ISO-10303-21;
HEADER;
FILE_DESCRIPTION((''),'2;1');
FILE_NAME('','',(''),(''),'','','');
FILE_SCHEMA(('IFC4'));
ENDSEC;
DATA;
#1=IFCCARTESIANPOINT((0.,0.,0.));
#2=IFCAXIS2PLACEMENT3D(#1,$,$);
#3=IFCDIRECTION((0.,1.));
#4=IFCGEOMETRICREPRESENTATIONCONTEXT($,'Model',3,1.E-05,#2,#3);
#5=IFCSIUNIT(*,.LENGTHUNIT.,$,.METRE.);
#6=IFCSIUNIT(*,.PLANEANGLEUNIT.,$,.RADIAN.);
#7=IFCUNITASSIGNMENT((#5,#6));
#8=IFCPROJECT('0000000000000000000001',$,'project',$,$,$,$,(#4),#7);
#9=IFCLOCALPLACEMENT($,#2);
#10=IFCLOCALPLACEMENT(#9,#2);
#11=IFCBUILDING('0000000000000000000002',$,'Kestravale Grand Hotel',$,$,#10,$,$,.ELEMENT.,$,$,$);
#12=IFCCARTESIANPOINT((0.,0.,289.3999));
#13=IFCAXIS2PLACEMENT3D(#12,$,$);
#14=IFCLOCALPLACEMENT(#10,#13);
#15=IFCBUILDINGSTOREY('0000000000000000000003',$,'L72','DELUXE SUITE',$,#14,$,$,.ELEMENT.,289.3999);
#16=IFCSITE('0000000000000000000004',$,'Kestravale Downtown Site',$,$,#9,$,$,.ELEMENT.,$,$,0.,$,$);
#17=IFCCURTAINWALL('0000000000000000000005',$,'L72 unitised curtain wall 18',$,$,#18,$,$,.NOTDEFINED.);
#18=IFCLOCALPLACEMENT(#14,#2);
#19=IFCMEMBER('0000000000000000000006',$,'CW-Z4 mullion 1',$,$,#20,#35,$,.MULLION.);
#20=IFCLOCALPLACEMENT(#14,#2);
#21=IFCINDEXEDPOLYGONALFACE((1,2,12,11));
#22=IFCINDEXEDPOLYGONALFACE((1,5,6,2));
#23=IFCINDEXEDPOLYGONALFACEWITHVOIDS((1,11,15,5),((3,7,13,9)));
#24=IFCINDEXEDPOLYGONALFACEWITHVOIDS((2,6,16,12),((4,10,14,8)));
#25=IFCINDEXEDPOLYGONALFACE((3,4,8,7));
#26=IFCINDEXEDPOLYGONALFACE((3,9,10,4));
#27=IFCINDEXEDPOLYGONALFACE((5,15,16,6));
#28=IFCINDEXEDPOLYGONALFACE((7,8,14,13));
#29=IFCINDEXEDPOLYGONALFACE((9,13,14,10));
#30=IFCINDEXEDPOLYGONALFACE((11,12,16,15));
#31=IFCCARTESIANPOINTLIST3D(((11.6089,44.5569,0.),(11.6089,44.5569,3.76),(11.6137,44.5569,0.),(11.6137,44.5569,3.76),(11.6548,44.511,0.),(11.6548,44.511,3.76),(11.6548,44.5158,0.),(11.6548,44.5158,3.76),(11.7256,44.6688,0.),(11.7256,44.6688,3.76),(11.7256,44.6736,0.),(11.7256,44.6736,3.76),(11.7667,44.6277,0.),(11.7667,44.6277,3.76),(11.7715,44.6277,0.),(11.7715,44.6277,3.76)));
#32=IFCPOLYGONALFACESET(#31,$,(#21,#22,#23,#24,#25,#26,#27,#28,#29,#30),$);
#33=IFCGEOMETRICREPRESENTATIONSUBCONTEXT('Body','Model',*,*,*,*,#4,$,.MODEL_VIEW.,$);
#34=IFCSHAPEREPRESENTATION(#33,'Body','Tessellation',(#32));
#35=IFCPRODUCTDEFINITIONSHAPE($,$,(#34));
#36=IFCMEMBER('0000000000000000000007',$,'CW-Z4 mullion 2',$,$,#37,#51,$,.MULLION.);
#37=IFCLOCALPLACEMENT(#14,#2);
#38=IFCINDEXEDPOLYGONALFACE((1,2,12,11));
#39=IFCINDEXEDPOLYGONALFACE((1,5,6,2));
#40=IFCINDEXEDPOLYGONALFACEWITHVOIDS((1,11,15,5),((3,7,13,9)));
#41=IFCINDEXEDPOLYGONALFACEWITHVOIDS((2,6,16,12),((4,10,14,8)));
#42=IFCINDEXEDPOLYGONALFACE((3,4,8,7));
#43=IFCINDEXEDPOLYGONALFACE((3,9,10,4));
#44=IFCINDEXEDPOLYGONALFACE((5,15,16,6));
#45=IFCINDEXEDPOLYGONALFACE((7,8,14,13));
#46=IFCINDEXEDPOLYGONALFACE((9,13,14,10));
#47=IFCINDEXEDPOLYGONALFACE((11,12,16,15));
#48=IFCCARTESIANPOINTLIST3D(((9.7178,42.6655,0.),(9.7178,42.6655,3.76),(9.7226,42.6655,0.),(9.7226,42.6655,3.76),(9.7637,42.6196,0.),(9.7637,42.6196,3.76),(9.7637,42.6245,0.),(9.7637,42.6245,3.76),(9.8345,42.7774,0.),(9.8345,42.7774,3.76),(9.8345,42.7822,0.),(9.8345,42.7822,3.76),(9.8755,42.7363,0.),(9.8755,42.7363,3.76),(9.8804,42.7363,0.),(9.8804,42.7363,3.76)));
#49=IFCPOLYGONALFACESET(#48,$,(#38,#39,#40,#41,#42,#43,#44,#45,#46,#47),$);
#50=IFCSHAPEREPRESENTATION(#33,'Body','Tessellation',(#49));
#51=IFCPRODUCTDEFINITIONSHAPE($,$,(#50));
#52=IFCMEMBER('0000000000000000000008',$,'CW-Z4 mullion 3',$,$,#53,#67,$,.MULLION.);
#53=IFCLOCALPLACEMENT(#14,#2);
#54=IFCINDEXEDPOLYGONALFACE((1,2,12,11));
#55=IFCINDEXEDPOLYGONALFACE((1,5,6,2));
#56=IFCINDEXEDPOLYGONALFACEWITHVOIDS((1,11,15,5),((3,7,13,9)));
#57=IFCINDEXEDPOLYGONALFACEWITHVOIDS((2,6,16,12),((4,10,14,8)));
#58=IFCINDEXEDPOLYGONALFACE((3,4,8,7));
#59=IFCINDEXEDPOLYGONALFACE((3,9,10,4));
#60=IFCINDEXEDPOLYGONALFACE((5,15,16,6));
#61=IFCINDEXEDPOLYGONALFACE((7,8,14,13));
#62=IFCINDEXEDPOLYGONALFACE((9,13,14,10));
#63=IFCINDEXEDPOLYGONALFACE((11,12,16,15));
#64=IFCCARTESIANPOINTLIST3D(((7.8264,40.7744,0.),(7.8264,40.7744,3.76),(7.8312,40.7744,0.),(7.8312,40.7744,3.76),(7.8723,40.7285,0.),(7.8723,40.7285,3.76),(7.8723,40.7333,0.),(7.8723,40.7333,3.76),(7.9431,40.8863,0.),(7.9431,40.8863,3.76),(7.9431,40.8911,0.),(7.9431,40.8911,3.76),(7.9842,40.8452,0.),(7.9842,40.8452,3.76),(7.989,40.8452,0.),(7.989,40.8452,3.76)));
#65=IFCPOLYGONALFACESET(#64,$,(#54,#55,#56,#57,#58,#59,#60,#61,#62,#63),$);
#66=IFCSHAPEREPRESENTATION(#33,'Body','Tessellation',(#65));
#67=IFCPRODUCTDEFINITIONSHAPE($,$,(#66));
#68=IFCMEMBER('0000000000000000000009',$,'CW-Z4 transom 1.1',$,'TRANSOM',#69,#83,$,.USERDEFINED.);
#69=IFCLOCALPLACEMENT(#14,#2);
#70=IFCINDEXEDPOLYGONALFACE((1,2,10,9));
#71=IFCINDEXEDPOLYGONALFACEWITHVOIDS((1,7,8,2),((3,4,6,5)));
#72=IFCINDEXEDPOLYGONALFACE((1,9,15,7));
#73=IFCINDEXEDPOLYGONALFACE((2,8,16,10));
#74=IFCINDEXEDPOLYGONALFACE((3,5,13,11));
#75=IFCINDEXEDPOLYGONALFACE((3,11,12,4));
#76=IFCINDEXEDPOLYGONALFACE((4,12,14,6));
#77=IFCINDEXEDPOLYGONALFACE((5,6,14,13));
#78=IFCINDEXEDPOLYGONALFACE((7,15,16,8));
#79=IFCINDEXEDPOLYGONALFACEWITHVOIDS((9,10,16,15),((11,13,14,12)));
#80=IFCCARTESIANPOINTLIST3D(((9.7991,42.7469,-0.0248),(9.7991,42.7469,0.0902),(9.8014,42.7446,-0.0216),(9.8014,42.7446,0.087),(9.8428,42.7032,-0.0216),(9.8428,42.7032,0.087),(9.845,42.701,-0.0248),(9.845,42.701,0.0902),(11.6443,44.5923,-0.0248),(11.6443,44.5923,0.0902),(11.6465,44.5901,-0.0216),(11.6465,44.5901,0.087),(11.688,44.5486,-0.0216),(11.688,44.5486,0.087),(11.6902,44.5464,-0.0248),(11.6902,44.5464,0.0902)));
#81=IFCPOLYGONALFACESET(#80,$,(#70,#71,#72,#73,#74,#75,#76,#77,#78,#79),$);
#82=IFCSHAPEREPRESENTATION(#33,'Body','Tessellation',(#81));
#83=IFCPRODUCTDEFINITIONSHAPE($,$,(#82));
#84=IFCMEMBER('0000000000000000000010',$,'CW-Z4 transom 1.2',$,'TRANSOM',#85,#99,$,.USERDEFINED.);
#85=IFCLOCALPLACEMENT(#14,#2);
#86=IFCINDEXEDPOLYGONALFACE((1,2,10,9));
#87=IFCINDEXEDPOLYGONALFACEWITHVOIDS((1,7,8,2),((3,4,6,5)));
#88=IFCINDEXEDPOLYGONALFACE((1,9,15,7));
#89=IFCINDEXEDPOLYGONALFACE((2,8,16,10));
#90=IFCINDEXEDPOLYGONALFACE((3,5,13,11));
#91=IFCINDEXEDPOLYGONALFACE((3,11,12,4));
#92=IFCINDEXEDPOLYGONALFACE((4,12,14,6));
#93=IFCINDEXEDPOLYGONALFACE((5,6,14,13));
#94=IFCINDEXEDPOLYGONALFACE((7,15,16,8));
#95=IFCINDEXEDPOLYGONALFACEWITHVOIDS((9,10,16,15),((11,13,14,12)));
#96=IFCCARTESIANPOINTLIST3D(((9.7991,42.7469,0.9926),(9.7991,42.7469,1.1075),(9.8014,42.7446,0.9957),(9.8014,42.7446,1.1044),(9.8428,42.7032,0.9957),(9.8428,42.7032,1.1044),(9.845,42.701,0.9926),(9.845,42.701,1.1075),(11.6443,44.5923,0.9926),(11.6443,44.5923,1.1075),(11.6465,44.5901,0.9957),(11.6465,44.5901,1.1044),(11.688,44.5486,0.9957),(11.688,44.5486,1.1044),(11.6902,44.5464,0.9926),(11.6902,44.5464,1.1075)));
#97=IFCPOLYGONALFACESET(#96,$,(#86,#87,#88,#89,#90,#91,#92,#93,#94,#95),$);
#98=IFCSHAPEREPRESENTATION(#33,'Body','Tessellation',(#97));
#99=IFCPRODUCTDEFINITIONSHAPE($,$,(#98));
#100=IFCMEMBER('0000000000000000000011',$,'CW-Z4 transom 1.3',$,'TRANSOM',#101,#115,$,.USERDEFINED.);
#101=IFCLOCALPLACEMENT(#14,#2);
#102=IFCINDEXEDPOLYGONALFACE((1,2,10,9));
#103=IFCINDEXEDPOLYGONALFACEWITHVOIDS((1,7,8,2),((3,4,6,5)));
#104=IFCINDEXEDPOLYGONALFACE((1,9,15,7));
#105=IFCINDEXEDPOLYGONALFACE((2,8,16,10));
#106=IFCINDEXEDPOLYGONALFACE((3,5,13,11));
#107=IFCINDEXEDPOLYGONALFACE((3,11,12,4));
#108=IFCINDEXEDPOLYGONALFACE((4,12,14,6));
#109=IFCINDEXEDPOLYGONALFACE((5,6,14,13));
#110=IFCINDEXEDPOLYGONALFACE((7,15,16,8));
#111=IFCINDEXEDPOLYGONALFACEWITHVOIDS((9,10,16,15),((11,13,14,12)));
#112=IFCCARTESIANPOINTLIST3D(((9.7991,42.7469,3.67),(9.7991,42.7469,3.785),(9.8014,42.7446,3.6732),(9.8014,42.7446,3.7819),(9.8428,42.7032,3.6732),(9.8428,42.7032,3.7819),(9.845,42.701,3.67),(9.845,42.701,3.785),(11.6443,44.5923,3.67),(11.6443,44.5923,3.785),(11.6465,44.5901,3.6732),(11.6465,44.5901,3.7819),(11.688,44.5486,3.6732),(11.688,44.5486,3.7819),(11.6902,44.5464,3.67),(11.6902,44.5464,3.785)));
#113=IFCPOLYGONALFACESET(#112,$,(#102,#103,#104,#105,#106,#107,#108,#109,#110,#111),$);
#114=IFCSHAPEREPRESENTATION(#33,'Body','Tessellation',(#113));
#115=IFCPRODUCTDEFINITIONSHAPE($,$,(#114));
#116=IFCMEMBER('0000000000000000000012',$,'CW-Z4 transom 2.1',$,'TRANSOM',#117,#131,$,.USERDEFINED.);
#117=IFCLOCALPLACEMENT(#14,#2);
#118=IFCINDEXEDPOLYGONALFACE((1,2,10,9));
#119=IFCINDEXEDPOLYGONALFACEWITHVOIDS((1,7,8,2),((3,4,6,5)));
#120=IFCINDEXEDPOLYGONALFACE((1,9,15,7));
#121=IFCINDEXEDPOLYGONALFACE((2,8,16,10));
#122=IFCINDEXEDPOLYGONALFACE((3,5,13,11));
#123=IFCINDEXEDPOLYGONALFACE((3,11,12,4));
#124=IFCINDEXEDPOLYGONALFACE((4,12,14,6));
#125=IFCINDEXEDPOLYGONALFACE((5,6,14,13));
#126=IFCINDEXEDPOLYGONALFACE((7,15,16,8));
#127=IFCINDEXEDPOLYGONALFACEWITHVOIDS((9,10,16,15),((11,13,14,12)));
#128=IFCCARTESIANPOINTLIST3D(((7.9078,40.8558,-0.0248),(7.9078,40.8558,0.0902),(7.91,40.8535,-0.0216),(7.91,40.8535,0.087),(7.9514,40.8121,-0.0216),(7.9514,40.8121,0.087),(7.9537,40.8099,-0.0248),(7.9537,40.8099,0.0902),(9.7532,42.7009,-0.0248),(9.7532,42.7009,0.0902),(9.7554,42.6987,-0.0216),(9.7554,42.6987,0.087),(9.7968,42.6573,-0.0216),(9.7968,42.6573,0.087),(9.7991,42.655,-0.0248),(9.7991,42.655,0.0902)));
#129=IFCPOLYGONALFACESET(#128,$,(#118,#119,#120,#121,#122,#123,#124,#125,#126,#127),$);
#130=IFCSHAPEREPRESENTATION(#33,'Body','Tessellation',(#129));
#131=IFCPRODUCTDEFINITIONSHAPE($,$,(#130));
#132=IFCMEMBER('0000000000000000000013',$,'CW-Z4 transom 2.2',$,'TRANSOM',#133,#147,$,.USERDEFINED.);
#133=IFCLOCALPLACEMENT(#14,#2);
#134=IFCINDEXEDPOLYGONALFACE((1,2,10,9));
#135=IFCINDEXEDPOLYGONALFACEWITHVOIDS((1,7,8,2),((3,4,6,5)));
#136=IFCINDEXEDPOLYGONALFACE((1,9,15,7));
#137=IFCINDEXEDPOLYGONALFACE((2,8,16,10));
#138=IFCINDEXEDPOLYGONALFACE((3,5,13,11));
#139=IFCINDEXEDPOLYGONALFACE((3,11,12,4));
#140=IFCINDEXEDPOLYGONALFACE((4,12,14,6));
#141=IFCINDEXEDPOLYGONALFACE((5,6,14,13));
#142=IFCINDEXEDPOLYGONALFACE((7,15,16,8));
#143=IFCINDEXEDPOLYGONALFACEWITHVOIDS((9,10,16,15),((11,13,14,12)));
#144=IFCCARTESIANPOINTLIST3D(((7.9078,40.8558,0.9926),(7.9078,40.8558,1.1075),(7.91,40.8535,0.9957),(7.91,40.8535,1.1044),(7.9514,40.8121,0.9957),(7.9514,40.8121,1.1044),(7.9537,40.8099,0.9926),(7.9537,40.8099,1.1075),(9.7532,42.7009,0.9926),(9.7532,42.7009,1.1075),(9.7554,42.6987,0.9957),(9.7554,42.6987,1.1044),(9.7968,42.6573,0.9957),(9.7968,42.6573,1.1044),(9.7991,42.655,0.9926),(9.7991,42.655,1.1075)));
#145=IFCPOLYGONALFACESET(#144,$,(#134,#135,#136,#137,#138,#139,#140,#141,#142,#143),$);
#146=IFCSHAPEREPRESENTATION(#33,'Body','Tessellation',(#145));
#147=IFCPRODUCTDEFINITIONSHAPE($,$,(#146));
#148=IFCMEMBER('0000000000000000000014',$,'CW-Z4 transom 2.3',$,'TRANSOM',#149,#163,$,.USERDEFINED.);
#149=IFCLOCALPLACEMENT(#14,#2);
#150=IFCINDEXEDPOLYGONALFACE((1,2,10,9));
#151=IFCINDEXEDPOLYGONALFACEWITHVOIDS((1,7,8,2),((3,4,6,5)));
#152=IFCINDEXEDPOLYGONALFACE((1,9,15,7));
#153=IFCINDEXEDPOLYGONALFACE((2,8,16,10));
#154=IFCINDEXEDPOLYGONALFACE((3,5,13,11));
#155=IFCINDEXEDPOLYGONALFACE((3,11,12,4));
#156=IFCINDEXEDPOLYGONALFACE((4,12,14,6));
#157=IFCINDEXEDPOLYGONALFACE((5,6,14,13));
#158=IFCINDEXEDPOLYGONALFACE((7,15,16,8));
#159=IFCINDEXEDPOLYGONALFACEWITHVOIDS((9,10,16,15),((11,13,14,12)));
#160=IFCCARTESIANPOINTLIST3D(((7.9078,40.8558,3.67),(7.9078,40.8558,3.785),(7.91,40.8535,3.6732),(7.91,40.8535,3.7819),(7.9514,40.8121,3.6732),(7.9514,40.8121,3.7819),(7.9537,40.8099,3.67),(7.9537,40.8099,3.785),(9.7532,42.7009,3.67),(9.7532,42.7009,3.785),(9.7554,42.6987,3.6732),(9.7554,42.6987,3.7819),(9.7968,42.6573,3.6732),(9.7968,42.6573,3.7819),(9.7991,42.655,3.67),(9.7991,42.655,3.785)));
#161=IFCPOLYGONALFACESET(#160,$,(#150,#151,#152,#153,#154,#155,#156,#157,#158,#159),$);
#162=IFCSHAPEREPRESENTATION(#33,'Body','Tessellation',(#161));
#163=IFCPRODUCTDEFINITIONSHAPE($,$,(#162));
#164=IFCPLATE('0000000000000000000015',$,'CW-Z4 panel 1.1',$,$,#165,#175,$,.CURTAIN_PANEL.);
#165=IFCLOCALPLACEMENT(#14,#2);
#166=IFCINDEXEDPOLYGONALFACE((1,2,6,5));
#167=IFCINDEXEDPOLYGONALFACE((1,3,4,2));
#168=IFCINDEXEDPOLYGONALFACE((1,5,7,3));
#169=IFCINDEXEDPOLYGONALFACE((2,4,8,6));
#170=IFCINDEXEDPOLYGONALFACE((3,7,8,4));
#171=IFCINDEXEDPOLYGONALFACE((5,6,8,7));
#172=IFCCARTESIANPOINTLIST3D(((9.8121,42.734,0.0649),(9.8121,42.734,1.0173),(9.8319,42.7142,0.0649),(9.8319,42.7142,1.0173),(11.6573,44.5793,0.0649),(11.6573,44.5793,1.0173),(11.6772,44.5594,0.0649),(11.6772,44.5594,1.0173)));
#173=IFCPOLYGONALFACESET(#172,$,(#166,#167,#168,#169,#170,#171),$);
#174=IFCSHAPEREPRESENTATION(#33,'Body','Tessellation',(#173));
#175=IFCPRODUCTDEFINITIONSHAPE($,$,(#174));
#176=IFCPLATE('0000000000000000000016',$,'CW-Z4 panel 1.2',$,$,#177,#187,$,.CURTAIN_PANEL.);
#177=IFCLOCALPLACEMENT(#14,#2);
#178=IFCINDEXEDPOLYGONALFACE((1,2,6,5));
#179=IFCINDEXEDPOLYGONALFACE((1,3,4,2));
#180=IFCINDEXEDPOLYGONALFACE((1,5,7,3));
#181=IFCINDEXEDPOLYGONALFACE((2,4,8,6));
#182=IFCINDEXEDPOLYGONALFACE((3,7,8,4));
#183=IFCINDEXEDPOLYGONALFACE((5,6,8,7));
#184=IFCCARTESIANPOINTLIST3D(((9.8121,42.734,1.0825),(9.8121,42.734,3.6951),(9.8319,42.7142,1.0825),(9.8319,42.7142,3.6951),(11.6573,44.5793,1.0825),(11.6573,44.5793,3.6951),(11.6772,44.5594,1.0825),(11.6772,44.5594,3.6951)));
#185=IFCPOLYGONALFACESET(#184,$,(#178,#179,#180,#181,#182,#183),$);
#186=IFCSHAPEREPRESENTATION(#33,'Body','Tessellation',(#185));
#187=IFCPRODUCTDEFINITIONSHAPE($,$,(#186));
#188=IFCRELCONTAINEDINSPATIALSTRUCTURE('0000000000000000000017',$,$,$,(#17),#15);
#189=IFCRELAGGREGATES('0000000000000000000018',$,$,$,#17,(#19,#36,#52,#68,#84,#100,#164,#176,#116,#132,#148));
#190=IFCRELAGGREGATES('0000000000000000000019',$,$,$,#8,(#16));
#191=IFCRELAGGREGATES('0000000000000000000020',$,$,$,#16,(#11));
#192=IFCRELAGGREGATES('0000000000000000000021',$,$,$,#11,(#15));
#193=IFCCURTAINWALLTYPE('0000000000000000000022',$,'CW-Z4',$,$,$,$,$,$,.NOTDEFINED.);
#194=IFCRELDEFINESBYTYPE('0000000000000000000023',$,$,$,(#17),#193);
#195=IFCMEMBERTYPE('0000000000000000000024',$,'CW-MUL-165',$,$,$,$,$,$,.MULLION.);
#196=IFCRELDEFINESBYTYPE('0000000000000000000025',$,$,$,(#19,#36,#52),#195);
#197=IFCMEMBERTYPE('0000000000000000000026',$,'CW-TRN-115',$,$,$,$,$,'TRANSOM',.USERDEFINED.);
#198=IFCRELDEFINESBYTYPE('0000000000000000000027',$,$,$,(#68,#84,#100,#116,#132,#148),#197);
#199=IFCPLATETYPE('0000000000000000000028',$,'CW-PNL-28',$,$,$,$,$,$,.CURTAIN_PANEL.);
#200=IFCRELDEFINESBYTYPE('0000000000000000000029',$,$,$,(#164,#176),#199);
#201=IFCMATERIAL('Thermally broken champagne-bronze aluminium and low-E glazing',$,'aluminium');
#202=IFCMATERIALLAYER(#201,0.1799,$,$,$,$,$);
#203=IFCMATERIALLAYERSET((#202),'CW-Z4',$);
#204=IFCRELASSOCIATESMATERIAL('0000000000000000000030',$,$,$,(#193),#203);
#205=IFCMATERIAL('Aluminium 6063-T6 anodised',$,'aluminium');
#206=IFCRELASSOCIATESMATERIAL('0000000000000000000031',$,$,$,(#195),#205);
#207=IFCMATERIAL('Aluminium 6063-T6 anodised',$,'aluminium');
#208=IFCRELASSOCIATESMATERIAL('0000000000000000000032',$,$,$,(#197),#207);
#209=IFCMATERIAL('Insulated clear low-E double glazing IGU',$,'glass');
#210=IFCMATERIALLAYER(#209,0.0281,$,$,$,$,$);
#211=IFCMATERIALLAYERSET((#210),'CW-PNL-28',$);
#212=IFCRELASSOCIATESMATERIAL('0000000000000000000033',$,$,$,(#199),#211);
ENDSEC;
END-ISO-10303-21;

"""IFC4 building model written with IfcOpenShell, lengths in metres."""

from ifc_helpers import new_model, si_unit, direction, frame, origin, origin_2d, place, context, subcontext, project, spatial, rectangle, hollow_rectangle, extrude, material, layer, layer_set, material_profile, profile_set, type_object, element, aggregate, save


model = new_model("IFC4")

# Units and contexts
model_context = context("Model", 3, precision=1e-05, world=origin(), true_north=direction((0.0, 1.0)))
body_context = subcontext(model_context, "Body", "Model", "MODEL_VIEW")
ifc_project = project(units=[si_unit("LENGTHUNIT", "METRE"), si_unit("PLANEANGLEUNIT", "RADIAN")], contexts=[model_context])

# Site, building, storey
site_placement = place(None, origin())
site = spatial("IfcSite", under=ifc_project, at=site_placement, Name="Kestravale Downtown Site", CompositionType="ELEMENT", RefElevation=0.0)
building_placement = place(site_placement, origin())
building = spatial("IfcBuilding", under=site, at=building_placement, Name="Kestravale Grand Hotel", CompositionType="ELEMENT")
storey_placement = place(building_placement, frame((0.0, 0.0, 289.3999)))
storey = spatial("IfcBuildingStorey", under=building, at=storey_placement, Name="L72", Description="DELUXE SUITE", CompositionType="ELEMENT", Elevation=289.3999)

# Curtain wall, members, plates
ifc_material_1 = material(Name="Thermally broken champagne-bronze aluminium and low-E glazing", Category="aluminium")
ifc_layer_1 = layer(ifc_material_1, 0.1799)
ifc_layer_set_1 = layer_set([ifc_layer_1], Name="CW-Z4")
curtain_wall_type = type_object("IfcCurtainWallType", Name="CW-Z4", PredefinedType="NOTDEFINED", material=ifc_layer_set_1)
curtain_wall_placement = place(storey_placement, origin())
curtain_wall = element("IfcCurtainWall", 1, at=curtain_wall_placement, inside=storey, type_object=curtain_wall_type, Name="L72 unitised curtain wall 18", PredefinedType="NOTDEFINED")
ifc_material_2 = material(Name="Aluminium 6063-T6 anodised", Category="aluminium")
ifc_material_profile_1 = material_profile(ifc_material_2, hollow_rectangle(XDim=0.0649, YDim=0.165, WallThickness=0.0034, at=origin_2d()))
ifc_profile_set_1 = profile_set([ifc_material_profile_1], Name="Aluminium 6063-T6 anodised")
member_type_1 = type_object("IfcMemberType", Name="CW-MUL-165", PredefinedType="MULLION", material=ifc_profile_set_1)
member_1_placement = place(storey_placement, frame((11.6902, 44.5923, 0.0), z_axis=(0.0, 0.0, 1.0), x_axis=(0.707107, -0.707107, 0.0)))
member_1 = element("IfcMember", 2, at=member_1_placement, type_object=member_type_1, Name="CW-Z4 mullion 1", PredefinedType="MULLION", context=body_context, shape_type="SweptSolid", body=[
    extrude(hollow_rectangle(XDim=0.0649, YDim=0.165, WallThickness=0.0034, at=origin_2d()), origin(), (0.0, 0.0, 1.0), 3.76),
])
member_2_placement = place(storey_placement, frame((9.7991, 42.7009, 0.0), z_axis=(0.0, 0.0, 1.0), x_axis=(0.707107, -0.707107, 0.0)))
member_2 = element("IfcMember", 3, at=member_2_placement, type_object=member_type_1, Name="CW-Z4 mullion 2", PredefinedType="MULLION", context=body_context, shape_type="SweptSolid", body=[
    extrude(hollow_rectangle(XDim=0.0649, YDim=0.165, WallThickness=0.0034, at=origin_2d()), origin(), (0.0, 0.0, 1.0), 3.76),
])
member_3_placement = place(storey_placement, frame((7.9077, 40.8098, 0.0), z_axis=(0.0, 0.0, 1.0), x_axis=(0.707107, -0.707107, 0.0)))
member_3 = element("IfcMember", 4, at=member_3_placement, type_object=member_type_1, Name="CW-Z4 mullion 3", PredefinedType="MULLION", context=body_context, shape_type="SweptSolid", body=[
    extrude(hollow_rectangle(XDim=0.0649, YDim=0.165, WallThickness=0.0034, at=origin_2d()), origin(), (0.0, 0.0, 1.0), 3.76),
])
ifc_material_3 = material(Name="Aluminium 6063-T6 anodised", Category="aluminium")
ifc_material_profile_2 = material_profile(ifc_material_3, hollow_rectangle(XDim=0.0649, YDim=0.115, WallThickness=0.0032, at=origin_2d()))
ifc_profile_set_2 = profile_set([ifc_material_profile_2], Name="Aluminium 6063-T6 anodised")
member_type_2 = type_object("IfcMemberType", Name="CW-TRN-115", ElementType="TRANSOM", PredefinedType="USERDEFINED", material=ifc_profile_set_2)
member_4_placement = place(storey_placement, frame((11.6672, 44.5693, 0.0327), z_axis=(-0.70706, -0.707154, 0.0), x_axis=(0.707154, -0.70706, 0.0)))
member_4 = element("IfcMember", 5, at=member_4_placement, type_object=member_type_2, Name="CW-Z4 transom 1.1", ObjectType="TRANSOM", PredefinedType="USERDEFINED", context=body_context, shape_type="SweptSolid", body=[
    extrude(hollow_rectangle(XDim=0.0649, YDim=0.115, WallThickness=0.0032, at=origin_2d()), origin(), (0.0, 0.0, 1.0), 2.6096),
])
member_5_placement = place(storey_placement, frame((11.6672, 44.5693, 1.05), z_axis=(-0.70706, -0.707154, 0.0), x_axis=(0.707154, -0.70706, 0.0)))
member_5 = element("IfcMember", 6, at=member_5_placement, type_object=member_type_2, Name="CW-Z4 transom 1.2", ObjectType="TRANSOM", PredefinedType="USERDEFINED", context=body_context, shape_type="SweptSolid", body=[
    extrude(hollow_rectangle(XDim=0.0649, YDim=0.115, WallThickness=0.0032, at=origin_2d()), origin(), (0.0, 0.0, 1.0), 2.6096),
])
member_6_placement = place(storey_placement, frame((11.6672, 44.5693, 3.7275), z_axis=(-0.70706, -0.707154, 0.0), x_axis=(0.707154, -0.70706, 0.0)))
member_6 = element("IfcMember", 7, at=member_6_placement, type_object=member_type_2, Name="CW-Z4 transom 1.3", ObjectType="TRANSOM", PredefinedType="USERDEFINED", context=body_context, shape_type="SweptSolid", body=[
    extrude(hollow_rectangle(XDim=0.0649, YDim=0.115, WallThickness=0.0032, at=origin_2d()), origin(), (0.0, 0.0, 1.0), 2.6096),
])
member_7_placement = place(storey_placement, frame((9.7761, 42.678, 0.0327), z_axis=(-0.707154, -0.70706, 0.0), x_axis=(0.70706, -0.707154, 0.0)))
member_7 = element("IfcMember", 8, at=member_7_placement, type_object=member_type_2, Name="CW-Z4 transom 2.1", ObjectType="TRANSOM", PredefinedType="USERDEFINED", context=body_context, shape_type="SweptSolid", body=[
    extrude(hollow_rectangle(XDim=0.0649, YDim=0.115, WallThickness=0.0032, at=origin_2d()), origin(), (0.0, 0.0, 1.0), 2.6096),
])
member_8_placement = place(storey_placement, frame((9.7761, 42.678, 1.05), z_axis=(-0.707154, -0.70706, 0.0), x_axis=(0.70706, -0.707154, 0.0)))
member_8 = element("IfcMember", 9, at=member_8_placement, type_object=member_type_2, Name="CW-Z4 transom 2.2", ObjectType="TRANSOM", PredefinedType="USERDEFINED", context=body_context, shape_type="SweptSolid", body=[
    extrude(hollow_rectangle(XDim=0.0649, YDim=0.115, WallThickness=0.0032, at=origin_2d()), origin(), (0.0, 0.0, 1.0), 2.6096),
])
member_9_placement = place(storey_placement, frame((9.7761, 42.678, 3.7275), z_axis=(-0.707154, -0.70706, 0.0), x_axis=(0.70706, -0.707154, 0.0)))
member_9 = element("IfcMember", 10, at=member_9_placement, type_object=member_type_2, Name="CW-Z4 transom 2.3", ObjectType="TRANSOM", PredefinedType="USERDEFINED", context=body_context, shape_type="SweptSolid", body=[
    extrude(hollow_rectangle(XDim=0.0649, YDim=0.115, WallThickness=0.0032, at=origin_2d()), origin(), (0.0, 0.0, 1.0), 2.6096),
])
ifc_material_4 = material(Name="Insulated clear low-E double glazing IGU", Category="glass")
ifc_layer_2 = layer(ifc_material_4, 0.0281)
ifc_layer_set_2 = layer_set([ifc_layer_2], Name="CW-PNL-28")
plate_type = type_object("IfcPlateType", Name="CW-PNL-28", PredefinedType="CURTAIN_PANEL", material=ifc_layer_set_2)
plate_1_placement = place(storey_placement, frame((10.7446, 43.6467, 0.0649), z_axis=(0.0, 0.0, 1.0), x_axis=(-0.707107, -0.707107, 0.0)))
plate_1 = element("IfcPlate", 11, at=plate_1_placement, type_object=plate_type, Name="CW-Z4 panel 1.1", PredefinedType="CURTAIN_PANEL", context=body_context, shape_type="SweptSolid", body=[
    extrude(rectangle(XDim=2.6096, YDim=0.0281, at=origin_2d()), origin(), (0.0, 0.0, 1.0), 0.9524),
])
plate_2_placement = place(storey_placement, frame((10.7446, 43.6467, 1.0825), z_axis=(0.0, 0.0, 1.0), x_axis=(-0.707107, -0.707107, 0.0)))
plate_2 = element("IfcPlate", 12, at=plate_2_placement, type_object=plate_type, Name="CW-Z4 panel 1.2", PredefinedType="CURTAIN_PANEL", context=body_context, shape_type="SweptSolid", body=[
    extrude(rectangle(XDim=2.6096, YDim=0.0281, at=origin_2d()), origin(), (0.0, 0.0, 1.0), 2.6125),
])
aggregate(curtain_wall, [member_1, member_2, member_3, member_4, member_5, member_6, plate_1, plate_2, member_7, member_8, member_9])

save(model, "model.ifc")
